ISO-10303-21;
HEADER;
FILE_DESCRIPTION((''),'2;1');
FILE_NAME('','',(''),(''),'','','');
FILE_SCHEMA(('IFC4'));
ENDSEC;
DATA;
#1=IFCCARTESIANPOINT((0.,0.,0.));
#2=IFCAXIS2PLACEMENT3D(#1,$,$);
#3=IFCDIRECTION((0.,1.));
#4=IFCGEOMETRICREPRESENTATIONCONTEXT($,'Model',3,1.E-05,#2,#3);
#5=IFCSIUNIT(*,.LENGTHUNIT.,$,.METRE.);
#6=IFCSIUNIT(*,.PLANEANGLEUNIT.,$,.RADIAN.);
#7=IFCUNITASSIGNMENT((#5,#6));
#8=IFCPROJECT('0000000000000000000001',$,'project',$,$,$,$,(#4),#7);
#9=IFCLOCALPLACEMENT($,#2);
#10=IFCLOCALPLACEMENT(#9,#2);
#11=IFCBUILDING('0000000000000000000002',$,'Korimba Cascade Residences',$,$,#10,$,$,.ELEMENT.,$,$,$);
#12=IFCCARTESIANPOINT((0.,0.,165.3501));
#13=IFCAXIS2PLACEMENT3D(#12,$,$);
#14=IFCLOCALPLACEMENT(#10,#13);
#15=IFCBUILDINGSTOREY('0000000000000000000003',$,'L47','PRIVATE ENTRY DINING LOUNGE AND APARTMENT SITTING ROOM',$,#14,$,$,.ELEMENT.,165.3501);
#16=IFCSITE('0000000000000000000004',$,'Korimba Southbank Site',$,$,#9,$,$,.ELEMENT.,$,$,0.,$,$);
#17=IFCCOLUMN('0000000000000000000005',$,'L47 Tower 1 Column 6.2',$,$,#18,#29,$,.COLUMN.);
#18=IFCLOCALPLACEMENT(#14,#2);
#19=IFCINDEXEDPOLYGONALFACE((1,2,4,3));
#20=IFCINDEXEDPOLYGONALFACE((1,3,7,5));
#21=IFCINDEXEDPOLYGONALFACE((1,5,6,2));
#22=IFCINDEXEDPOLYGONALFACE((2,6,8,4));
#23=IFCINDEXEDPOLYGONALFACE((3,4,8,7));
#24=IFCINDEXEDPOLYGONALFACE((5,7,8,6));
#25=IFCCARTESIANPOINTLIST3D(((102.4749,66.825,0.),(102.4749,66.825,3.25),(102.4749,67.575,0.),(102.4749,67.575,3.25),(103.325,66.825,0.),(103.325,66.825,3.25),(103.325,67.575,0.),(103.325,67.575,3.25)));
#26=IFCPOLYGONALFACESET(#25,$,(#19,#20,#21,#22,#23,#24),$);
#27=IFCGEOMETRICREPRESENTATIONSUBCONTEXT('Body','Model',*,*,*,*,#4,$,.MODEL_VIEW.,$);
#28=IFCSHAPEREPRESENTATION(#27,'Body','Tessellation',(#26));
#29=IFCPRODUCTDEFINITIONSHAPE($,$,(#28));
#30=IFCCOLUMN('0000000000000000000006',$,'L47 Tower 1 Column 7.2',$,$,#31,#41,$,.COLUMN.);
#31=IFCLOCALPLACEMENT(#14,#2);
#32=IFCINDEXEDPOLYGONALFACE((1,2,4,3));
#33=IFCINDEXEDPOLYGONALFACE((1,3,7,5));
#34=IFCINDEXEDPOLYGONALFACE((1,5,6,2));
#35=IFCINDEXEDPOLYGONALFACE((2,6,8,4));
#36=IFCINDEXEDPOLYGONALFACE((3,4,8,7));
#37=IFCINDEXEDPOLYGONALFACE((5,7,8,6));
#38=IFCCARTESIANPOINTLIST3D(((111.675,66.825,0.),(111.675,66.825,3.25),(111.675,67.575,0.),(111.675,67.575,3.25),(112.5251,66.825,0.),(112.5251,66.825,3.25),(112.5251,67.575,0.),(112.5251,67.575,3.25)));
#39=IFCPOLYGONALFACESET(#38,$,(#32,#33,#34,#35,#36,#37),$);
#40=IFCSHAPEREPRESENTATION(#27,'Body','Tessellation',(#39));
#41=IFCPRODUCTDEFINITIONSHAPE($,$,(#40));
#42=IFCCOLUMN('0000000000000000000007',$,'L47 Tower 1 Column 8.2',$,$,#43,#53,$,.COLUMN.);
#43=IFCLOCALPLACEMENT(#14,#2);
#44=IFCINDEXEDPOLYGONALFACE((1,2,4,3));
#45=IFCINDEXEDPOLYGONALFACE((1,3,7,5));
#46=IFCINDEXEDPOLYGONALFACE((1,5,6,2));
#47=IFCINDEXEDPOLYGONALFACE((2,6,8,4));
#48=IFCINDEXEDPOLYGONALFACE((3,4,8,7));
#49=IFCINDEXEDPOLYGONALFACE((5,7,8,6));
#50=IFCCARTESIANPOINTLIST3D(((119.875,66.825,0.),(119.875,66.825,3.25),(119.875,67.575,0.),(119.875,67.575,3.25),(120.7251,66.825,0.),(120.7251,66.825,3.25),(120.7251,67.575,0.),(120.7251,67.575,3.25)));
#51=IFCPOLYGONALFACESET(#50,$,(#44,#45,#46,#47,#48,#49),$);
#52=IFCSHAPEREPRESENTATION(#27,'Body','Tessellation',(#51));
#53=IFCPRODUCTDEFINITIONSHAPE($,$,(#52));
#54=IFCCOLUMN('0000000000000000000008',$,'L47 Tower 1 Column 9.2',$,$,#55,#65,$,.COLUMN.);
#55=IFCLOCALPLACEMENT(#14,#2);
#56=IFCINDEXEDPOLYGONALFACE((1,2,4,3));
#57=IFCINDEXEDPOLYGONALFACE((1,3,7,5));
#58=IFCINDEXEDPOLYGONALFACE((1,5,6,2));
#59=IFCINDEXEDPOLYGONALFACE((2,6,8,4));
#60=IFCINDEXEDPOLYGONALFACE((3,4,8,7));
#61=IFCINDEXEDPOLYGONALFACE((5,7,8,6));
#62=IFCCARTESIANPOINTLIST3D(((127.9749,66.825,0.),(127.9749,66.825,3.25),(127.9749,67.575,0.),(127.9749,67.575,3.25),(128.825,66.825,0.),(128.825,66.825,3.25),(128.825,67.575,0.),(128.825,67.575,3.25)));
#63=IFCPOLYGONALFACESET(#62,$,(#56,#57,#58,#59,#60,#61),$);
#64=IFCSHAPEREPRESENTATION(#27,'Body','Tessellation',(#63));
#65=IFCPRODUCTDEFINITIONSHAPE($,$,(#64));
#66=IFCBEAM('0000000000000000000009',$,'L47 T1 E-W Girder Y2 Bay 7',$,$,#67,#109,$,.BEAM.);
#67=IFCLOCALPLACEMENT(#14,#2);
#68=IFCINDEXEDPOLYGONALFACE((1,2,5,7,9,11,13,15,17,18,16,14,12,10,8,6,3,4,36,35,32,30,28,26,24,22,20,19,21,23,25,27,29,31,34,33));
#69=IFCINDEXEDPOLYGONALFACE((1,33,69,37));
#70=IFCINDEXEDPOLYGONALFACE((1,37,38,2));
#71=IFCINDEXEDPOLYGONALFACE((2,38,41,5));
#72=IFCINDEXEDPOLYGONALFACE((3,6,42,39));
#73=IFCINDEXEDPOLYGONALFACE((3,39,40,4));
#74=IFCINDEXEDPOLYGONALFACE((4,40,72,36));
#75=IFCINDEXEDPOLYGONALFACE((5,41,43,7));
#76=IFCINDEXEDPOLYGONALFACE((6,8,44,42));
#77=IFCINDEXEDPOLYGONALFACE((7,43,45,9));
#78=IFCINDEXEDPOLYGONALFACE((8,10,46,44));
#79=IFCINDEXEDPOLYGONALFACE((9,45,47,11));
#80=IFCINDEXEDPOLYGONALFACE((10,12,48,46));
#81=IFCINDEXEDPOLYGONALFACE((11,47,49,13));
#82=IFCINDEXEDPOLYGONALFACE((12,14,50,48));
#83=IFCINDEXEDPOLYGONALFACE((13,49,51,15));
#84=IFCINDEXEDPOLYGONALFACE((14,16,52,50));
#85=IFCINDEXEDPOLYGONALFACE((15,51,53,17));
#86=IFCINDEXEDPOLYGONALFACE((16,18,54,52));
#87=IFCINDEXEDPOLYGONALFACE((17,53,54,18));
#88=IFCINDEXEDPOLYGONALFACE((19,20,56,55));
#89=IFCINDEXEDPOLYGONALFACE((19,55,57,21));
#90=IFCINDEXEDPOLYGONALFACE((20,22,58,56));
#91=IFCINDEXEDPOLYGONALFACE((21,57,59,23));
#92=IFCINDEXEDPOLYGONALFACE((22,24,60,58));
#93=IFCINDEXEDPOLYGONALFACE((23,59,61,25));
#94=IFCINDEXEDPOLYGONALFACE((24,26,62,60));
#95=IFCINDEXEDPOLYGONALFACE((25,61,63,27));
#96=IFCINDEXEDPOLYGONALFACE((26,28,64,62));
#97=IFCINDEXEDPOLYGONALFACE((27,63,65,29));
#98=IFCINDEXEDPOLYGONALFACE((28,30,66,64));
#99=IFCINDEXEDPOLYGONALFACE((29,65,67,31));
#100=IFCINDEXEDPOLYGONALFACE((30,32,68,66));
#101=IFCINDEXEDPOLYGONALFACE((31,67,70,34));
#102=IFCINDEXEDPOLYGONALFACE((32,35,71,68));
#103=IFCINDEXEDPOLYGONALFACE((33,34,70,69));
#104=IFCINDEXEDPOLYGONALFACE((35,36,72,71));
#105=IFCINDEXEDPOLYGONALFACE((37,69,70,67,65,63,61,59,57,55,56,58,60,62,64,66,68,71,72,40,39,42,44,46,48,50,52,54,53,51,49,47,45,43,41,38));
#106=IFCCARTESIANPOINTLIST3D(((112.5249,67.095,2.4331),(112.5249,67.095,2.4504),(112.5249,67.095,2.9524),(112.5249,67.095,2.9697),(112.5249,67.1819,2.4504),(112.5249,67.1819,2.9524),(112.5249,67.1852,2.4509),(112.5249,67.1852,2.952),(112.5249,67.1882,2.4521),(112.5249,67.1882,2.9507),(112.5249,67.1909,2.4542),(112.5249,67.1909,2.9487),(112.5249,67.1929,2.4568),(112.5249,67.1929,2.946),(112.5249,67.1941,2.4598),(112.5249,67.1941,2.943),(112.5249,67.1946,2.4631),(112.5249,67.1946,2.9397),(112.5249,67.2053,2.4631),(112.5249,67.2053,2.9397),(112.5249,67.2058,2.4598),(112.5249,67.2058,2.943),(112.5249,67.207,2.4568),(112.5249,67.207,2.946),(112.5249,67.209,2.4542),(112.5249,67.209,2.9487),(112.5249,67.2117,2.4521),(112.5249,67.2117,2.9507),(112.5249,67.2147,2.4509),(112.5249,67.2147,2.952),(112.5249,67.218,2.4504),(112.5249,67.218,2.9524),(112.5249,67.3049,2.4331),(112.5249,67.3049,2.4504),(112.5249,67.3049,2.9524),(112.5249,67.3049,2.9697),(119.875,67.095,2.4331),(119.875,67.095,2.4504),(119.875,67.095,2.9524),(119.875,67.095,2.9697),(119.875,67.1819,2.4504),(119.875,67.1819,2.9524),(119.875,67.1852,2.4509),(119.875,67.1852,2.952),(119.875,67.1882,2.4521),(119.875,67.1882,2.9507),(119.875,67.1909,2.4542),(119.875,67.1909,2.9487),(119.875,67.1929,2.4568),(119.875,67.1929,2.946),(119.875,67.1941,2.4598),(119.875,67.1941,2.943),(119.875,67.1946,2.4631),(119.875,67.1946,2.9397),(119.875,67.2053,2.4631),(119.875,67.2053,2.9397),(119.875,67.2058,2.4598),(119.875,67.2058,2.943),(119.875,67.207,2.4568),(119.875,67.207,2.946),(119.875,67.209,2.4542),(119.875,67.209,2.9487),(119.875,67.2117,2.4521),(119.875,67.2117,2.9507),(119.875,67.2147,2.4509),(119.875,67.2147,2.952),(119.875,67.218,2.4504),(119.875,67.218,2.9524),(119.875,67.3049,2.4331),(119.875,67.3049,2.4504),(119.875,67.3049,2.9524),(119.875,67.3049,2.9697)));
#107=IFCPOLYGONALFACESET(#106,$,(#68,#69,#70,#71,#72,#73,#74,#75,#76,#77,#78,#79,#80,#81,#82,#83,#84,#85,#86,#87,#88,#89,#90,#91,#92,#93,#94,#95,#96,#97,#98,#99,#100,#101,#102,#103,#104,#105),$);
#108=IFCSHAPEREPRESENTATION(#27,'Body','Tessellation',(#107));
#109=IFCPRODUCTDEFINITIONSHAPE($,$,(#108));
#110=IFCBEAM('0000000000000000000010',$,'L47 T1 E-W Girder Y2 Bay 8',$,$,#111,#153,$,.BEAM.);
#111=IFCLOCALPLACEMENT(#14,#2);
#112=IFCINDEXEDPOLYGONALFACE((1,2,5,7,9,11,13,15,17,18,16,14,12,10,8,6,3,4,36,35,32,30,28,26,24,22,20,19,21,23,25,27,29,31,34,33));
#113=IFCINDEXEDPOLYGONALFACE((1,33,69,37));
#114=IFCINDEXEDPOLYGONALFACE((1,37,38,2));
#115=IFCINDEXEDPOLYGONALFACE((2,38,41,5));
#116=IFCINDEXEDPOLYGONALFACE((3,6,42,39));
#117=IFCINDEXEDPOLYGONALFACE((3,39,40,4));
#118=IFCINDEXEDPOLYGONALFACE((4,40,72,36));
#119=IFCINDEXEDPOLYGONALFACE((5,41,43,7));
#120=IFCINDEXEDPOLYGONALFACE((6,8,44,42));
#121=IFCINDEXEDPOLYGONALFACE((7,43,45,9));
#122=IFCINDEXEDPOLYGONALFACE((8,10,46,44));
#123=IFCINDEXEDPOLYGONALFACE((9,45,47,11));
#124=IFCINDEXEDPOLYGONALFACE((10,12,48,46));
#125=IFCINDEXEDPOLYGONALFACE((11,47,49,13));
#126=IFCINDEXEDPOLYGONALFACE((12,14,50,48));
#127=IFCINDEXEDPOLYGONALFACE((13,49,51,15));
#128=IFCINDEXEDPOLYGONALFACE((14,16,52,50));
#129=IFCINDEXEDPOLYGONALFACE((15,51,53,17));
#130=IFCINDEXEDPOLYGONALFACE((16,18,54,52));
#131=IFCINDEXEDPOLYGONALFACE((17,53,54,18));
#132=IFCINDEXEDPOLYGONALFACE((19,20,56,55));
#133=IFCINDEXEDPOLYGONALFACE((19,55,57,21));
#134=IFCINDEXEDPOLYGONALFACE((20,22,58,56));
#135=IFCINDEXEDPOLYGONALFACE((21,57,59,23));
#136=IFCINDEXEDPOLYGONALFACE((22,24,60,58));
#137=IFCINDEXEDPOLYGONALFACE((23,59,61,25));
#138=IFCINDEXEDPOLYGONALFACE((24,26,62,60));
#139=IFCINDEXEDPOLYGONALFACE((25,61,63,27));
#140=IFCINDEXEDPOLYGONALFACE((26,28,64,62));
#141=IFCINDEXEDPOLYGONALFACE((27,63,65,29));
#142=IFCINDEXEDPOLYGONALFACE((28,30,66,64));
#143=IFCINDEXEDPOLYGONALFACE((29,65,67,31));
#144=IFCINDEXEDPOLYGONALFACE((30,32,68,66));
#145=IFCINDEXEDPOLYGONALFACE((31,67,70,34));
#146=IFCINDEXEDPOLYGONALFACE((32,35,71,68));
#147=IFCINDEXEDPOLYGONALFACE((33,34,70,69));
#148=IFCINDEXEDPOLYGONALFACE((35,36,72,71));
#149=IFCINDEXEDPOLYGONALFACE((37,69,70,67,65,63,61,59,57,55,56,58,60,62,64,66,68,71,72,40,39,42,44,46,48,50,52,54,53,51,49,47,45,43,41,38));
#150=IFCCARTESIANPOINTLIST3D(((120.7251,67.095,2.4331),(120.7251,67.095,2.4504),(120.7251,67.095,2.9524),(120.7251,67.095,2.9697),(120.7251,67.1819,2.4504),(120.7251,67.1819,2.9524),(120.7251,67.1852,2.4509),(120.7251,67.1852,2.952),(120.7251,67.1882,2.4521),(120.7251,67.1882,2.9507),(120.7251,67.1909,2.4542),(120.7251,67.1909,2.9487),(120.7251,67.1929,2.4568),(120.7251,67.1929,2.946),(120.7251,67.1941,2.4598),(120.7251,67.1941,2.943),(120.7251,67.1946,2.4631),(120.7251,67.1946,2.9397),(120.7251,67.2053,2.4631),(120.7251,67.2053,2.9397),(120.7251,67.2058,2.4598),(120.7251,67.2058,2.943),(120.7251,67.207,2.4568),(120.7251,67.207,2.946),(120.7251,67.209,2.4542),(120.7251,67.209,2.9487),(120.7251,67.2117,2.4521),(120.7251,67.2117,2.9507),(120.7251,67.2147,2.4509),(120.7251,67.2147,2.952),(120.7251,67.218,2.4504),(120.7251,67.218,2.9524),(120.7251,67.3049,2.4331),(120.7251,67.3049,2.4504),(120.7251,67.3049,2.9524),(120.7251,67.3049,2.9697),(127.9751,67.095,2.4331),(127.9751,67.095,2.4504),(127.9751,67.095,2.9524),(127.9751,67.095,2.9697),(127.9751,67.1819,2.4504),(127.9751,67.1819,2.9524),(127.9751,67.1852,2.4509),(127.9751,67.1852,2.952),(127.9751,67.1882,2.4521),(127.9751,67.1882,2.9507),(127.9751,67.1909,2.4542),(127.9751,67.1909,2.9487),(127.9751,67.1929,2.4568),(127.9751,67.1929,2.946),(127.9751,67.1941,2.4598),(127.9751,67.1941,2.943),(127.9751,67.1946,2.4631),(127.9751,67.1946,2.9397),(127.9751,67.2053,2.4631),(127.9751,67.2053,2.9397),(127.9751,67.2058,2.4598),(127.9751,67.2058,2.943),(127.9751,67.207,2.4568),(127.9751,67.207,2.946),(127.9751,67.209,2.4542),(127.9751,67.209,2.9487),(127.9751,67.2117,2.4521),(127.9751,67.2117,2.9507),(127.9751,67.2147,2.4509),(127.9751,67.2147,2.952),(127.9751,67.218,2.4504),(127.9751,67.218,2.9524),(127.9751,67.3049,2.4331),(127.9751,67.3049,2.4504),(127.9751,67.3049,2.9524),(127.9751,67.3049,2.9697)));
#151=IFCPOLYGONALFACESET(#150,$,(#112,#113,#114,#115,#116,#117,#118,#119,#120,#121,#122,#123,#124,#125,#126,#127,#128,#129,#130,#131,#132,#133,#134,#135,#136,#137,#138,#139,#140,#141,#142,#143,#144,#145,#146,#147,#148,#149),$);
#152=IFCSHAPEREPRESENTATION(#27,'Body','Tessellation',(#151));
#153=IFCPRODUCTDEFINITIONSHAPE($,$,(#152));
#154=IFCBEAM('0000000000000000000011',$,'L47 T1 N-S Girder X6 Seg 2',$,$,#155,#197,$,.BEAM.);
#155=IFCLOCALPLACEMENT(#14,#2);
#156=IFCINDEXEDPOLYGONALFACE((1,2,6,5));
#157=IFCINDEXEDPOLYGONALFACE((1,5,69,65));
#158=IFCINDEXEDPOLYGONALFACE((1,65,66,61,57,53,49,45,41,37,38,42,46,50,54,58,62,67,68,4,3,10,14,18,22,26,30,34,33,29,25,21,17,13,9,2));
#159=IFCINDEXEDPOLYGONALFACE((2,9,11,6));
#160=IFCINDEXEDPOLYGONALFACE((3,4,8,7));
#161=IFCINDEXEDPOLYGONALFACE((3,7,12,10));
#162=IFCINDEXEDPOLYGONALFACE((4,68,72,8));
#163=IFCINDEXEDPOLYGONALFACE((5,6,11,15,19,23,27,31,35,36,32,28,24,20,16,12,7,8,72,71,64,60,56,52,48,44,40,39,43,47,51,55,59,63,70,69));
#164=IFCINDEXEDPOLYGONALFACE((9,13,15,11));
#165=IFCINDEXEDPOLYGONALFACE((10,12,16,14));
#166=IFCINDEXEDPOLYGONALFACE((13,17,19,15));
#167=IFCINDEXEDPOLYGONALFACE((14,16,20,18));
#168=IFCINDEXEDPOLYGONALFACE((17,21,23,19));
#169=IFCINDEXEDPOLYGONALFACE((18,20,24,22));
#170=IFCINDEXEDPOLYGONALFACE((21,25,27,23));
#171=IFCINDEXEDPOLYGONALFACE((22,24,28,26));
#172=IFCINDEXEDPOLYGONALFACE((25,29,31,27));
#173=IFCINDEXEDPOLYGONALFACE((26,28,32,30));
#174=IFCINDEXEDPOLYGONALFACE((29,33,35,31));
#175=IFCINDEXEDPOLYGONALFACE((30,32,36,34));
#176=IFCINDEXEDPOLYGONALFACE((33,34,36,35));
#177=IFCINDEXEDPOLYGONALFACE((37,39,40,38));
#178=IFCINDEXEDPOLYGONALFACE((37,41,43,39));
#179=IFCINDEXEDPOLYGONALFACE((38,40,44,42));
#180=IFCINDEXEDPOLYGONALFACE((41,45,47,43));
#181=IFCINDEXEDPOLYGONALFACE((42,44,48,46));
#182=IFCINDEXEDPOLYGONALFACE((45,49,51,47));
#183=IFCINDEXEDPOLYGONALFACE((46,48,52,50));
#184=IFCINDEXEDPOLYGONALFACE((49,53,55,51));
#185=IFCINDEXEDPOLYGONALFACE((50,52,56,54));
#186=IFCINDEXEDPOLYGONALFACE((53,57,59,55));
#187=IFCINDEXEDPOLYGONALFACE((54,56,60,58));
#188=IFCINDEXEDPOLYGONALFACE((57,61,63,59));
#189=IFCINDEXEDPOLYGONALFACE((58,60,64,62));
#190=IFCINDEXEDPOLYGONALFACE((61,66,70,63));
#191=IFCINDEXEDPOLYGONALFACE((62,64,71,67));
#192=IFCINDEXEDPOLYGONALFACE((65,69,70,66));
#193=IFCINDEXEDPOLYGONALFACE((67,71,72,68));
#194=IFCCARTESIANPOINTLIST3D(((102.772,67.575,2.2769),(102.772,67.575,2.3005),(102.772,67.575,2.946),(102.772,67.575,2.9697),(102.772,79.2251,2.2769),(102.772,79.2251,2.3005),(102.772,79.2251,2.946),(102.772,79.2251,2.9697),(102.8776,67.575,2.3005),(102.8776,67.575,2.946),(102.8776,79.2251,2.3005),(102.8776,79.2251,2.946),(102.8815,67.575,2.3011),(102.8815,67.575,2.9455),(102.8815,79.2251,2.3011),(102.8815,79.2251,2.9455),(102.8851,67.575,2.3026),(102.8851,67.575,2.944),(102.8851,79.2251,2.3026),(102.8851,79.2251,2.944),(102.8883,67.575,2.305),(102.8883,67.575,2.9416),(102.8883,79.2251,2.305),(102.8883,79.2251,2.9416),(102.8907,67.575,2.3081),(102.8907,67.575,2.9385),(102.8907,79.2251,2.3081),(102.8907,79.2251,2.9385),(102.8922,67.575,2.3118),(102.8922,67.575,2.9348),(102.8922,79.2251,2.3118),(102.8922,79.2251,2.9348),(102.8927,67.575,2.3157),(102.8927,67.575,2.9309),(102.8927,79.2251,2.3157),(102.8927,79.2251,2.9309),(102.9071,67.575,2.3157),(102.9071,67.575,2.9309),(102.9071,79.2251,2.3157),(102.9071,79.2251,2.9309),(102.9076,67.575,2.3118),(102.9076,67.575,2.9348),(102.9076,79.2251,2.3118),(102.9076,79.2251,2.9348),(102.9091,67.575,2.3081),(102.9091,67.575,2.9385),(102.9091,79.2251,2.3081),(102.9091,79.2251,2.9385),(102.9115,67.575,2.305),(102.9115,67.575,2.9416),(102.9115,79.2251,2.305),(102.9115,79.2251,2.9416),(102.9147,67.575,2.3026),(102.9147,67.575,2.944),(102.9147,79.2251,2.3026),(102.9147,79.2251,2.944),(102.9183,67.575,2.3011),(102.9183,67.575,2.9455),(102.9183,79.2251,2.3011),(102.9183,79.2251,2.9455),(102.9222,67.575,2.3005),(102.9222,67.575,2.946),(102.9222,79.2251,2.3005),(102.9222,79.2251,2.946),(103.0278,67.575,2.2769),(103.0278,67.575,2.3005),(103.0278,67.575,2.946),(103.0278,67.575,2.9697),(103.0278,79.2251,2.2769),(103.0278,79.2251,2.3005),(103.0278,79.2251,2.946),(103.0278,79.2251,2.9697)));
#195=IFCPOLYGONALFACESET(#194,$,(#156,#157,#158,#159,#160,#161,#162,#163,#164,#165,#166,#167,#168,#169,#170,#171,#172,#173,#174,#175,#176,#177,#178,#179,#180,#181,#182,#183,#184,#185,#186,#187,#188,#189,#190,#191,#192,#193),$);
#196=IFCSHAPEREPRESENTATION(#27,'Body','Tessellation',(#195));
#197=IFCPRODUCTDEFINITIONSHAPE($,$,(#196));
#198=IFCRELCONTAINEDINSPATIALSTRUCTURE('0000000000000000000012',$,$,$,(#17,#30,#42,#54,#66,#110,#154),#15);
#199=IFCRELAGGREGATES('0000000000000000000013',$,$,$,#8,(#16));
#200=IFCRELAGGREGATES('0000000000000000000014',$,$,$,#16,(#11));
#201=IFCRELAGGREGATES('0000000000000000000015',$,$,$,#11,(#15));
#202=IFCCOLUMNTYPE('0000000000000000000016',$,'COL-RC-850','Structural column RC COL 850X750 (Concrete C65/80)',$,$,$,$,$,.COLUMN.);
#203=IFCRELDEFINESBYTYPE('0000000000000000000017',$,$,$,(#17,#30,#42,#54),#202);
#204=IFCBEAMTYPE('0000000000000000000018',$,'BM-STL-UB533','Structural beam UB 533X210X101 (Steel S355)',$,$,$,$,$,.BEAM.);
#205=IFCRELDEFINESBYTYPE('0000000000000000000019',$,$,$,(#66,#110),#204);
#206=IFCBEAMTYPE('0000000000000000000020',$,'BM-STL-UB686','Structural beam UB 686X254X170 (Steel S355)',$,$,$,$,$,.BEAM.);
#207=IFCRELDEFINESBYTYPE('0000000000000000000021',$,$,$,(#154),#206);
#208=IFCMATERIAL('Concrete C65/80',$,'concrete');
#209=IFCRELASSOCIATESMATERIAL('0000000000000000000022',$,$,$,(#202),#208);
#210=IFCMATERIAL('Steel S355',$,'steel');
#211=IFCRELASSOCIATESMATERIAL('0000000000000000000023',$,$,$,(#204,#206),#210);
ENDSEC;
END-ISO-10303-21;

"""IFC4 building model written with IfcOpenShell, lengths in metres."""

from ifc_helpers import new_model, si_unit, direction, frame, origin, origin_2d, place, context, subcontext, project, spatial, rectangle, i_section, extrude, material, material_profile, profile_set, type_object, element, save


model = new_model("IFC4")

# Units and contexts
model_context = context("Model", 3, precision=1e-05, world=origin(), true_north=direction((0.0, 1.0)))
body_context = subcontext(model_context, "Body", "Model", "MODEL_VIEW")
ifc_project = project(units=[si_unit("LENGTHUNIT", "METRE"), si_unit("PLANEANGLEUNIT", "RADIAN")], contexts=[model_context])

# Site, building, storey
site_placement = place(None, origin())
site = spatial("IfcSite", under=ifc_project, at=site_placement, Name="Korimba Southbank Site", CompositionType="ELEMENT", RefElevation=0.0)
building_placement = place(site_placement, origin())
building = spatial("IfcBuilding", under=site, at=building_placement, Name="Korimba Cascade Residences", CompositionType="ELEMENT")
storey_placement = place(building_placement, frame((0.0, 0.0, 165.3501)))
storey = spatial("IfcBuildingStorey", under=building, at=storey_placement, Name="L47", Description="PRIVATE ENTRY DINING LOUNGE AND APARTMENT SITTING ROOM", CompositionType="ELEMENT", Elevation=165.3501)

# Columns
ifc_material_1 = material(Name="Concrete C65/80", Category="concrete")
ifc_material_profile_1 = material_profile(ifc_material_1, rectangle(XDim=0.8501, YDim=0.75, at=origin_2d()), Name="Concrete C65/80")
ifc_profile_set_1 = profile_set([ifc_material_profile_1], Name="Concrete C65/80")
column_type = type_object("IfcColumnType", Name="COL-RC-850", Description="Structural column RC COL 850X750 (Concrete C65/80)", PredefinedType="COLUMN", material=ifc_profile_set_1)
for number, where, z_axis, x_axis, name in (
    (1, (102.8999, 67.2, 0.0), (0.0, 0.0, 1.0), (1.0, 0.0, 0.0), "L47 Tower 1 Column 6.2"),
    (2, (112.1001, 67.2, 0.0), (0.0, 0.0, 1.0), (1.0, 0.0, 0.0), "L47 Tower 1 Column 7.2"),
    (3, (120.3, 67.2, 0.0), (0.0, 0.0, 1.0), (1.0, 0.0, 0.0), "L47 Tower 1 Column 8.2"),
    (4, (128.3999, 67.2, 0.0), (0.0, 0.0, 1.0), (1.0, 0.0, 0.0), "L47 Tower 1 Column 9.2"),
):
    element("IfcColumn", number, at=place(storey_placement, frame(where, z_axis=z_axis, x_axis=x_axis)), inside=storey, type_object=column_type, Name=name, PredefinedType="COLUMN", context=body_context, shape_type="SweptSolid", body=[
        extrude(rectangle(XDim=0.8501, YDim=0.75, at=origin_2d()), origin(), (0.0, 0.0, 1.0), 3.25),
    ])

# Beams
ifc_material_2 = material(Name="Steel S355", Category="steel")
ifc_material_profile_2 = material_profile(ifc_material_2, i_section(OverallWidth=0.21, OverallDepth=0.5366, WebThickness=0.0107, FlangeThickness=0.0173, FilletRadius=0.0127, at=origin_2d()), Name="Steel S355")
ifc_profile_set_2 = profile_set([ifc_material_profile_2], Name="Steel S355")
beam_type_1 = type_object("IfcBeamType", Name="BM-STL-UB533", Description="Structural beam UB 533X210X101 (Steel S355)", PredefinedType="BEAM", material=ifc_profile_set_2)
beam_1_placement = place(storey_placement, frame((112.5249, 67.2, 2.7014), z_axis=(1.0, 0.0, 0.0), x_axis=(0.0, 1.0, 0.0)))
element("IfcBeam", 5, at=beam_1_placement, inside=storey, type_object=beam_type_1, Name="L47 T1 E-W Girder Y2 Bay 7", PredefinedType="BEAM", context=body_context, shape_type="SweptSolid", body=[
    extrude(i_section(OverallWidth=0.21, OverallDepth=0.5366, WebThickness=0.0107, FlangeThickness=0.0173, FilletRadius=0.0127, at=origin_2d()), origin(), (0.0, 0.0, 1.0), 7.3501),
])
beam_2_placement = place(storey_placement, frame((120.7251, 67.2, 2.7014), z_axis=(1.0, 0.0, 0.0), x_axis=(0.0, 1.0, 0.0)))
element("IfcBeam", 6, at=beam_2_placement, inside=storey, type_object=beam_type_1, Name="L47 T1 E-W Girder Y2 Bay 8", PredefinedType="BEAM", context=body_context, shape_type="SweptSolid", body=[
    extrude(i_section(OverallWidth=0.21, OverallDepth=0.5366, WebThickness=0.0107, FlangeThickness=0.0173, FilletRadius=0.0127, at=origin_2d()), origin(), (0.0, 0.0, 1.0), 7.25),
])
ifc_material_profile_3 = material_profile(ifc_material_2, i_section(OverallWidth=0.2559, OverallDepth=0.6929, WebThickness=0.0144, FlangeThickness=0.0237, FilletRadius=0.0151, at=origin_2d()), Name="Steel S355")
ifc_profile_set_3 = profile_set([ifc_material_profile_3], Name="Steel S355")
beam_type_2 = type_object("IfcBeamType", Name="BM-STL-UB686", Description="Structural beam UB 686X254X170 (Steel S355)", PredefinedType="BEAM", material=ifc_profile_set_3)
beam_3_placement = place(storey_placement, frame((102.8999, 67.575, 2.6233), z_axis=(0.0, 1.0, 0.0), x_axis=(-1.0, 0.0, 0.0)))
element("IfcBeam", 7, at=beam_3_placement, inside=storey, type_object=beam_type_2, Name="L47 T1 N-S Girder X6 Seg 2", PredefinedType="BEAM", context=body_context, shape_type="SweptSolid", body=[
    extrude(i_section(OverallWidth=0.2559, OverallDepth=0.6929, WebThickness=0.0144, FlangeThickness=0.0237, FilletRadius=0.0151, at=origin_2d()), origin(), (0.0, 0.0, 1.0), 11.6501),
])

save(model, "model.ifc")
